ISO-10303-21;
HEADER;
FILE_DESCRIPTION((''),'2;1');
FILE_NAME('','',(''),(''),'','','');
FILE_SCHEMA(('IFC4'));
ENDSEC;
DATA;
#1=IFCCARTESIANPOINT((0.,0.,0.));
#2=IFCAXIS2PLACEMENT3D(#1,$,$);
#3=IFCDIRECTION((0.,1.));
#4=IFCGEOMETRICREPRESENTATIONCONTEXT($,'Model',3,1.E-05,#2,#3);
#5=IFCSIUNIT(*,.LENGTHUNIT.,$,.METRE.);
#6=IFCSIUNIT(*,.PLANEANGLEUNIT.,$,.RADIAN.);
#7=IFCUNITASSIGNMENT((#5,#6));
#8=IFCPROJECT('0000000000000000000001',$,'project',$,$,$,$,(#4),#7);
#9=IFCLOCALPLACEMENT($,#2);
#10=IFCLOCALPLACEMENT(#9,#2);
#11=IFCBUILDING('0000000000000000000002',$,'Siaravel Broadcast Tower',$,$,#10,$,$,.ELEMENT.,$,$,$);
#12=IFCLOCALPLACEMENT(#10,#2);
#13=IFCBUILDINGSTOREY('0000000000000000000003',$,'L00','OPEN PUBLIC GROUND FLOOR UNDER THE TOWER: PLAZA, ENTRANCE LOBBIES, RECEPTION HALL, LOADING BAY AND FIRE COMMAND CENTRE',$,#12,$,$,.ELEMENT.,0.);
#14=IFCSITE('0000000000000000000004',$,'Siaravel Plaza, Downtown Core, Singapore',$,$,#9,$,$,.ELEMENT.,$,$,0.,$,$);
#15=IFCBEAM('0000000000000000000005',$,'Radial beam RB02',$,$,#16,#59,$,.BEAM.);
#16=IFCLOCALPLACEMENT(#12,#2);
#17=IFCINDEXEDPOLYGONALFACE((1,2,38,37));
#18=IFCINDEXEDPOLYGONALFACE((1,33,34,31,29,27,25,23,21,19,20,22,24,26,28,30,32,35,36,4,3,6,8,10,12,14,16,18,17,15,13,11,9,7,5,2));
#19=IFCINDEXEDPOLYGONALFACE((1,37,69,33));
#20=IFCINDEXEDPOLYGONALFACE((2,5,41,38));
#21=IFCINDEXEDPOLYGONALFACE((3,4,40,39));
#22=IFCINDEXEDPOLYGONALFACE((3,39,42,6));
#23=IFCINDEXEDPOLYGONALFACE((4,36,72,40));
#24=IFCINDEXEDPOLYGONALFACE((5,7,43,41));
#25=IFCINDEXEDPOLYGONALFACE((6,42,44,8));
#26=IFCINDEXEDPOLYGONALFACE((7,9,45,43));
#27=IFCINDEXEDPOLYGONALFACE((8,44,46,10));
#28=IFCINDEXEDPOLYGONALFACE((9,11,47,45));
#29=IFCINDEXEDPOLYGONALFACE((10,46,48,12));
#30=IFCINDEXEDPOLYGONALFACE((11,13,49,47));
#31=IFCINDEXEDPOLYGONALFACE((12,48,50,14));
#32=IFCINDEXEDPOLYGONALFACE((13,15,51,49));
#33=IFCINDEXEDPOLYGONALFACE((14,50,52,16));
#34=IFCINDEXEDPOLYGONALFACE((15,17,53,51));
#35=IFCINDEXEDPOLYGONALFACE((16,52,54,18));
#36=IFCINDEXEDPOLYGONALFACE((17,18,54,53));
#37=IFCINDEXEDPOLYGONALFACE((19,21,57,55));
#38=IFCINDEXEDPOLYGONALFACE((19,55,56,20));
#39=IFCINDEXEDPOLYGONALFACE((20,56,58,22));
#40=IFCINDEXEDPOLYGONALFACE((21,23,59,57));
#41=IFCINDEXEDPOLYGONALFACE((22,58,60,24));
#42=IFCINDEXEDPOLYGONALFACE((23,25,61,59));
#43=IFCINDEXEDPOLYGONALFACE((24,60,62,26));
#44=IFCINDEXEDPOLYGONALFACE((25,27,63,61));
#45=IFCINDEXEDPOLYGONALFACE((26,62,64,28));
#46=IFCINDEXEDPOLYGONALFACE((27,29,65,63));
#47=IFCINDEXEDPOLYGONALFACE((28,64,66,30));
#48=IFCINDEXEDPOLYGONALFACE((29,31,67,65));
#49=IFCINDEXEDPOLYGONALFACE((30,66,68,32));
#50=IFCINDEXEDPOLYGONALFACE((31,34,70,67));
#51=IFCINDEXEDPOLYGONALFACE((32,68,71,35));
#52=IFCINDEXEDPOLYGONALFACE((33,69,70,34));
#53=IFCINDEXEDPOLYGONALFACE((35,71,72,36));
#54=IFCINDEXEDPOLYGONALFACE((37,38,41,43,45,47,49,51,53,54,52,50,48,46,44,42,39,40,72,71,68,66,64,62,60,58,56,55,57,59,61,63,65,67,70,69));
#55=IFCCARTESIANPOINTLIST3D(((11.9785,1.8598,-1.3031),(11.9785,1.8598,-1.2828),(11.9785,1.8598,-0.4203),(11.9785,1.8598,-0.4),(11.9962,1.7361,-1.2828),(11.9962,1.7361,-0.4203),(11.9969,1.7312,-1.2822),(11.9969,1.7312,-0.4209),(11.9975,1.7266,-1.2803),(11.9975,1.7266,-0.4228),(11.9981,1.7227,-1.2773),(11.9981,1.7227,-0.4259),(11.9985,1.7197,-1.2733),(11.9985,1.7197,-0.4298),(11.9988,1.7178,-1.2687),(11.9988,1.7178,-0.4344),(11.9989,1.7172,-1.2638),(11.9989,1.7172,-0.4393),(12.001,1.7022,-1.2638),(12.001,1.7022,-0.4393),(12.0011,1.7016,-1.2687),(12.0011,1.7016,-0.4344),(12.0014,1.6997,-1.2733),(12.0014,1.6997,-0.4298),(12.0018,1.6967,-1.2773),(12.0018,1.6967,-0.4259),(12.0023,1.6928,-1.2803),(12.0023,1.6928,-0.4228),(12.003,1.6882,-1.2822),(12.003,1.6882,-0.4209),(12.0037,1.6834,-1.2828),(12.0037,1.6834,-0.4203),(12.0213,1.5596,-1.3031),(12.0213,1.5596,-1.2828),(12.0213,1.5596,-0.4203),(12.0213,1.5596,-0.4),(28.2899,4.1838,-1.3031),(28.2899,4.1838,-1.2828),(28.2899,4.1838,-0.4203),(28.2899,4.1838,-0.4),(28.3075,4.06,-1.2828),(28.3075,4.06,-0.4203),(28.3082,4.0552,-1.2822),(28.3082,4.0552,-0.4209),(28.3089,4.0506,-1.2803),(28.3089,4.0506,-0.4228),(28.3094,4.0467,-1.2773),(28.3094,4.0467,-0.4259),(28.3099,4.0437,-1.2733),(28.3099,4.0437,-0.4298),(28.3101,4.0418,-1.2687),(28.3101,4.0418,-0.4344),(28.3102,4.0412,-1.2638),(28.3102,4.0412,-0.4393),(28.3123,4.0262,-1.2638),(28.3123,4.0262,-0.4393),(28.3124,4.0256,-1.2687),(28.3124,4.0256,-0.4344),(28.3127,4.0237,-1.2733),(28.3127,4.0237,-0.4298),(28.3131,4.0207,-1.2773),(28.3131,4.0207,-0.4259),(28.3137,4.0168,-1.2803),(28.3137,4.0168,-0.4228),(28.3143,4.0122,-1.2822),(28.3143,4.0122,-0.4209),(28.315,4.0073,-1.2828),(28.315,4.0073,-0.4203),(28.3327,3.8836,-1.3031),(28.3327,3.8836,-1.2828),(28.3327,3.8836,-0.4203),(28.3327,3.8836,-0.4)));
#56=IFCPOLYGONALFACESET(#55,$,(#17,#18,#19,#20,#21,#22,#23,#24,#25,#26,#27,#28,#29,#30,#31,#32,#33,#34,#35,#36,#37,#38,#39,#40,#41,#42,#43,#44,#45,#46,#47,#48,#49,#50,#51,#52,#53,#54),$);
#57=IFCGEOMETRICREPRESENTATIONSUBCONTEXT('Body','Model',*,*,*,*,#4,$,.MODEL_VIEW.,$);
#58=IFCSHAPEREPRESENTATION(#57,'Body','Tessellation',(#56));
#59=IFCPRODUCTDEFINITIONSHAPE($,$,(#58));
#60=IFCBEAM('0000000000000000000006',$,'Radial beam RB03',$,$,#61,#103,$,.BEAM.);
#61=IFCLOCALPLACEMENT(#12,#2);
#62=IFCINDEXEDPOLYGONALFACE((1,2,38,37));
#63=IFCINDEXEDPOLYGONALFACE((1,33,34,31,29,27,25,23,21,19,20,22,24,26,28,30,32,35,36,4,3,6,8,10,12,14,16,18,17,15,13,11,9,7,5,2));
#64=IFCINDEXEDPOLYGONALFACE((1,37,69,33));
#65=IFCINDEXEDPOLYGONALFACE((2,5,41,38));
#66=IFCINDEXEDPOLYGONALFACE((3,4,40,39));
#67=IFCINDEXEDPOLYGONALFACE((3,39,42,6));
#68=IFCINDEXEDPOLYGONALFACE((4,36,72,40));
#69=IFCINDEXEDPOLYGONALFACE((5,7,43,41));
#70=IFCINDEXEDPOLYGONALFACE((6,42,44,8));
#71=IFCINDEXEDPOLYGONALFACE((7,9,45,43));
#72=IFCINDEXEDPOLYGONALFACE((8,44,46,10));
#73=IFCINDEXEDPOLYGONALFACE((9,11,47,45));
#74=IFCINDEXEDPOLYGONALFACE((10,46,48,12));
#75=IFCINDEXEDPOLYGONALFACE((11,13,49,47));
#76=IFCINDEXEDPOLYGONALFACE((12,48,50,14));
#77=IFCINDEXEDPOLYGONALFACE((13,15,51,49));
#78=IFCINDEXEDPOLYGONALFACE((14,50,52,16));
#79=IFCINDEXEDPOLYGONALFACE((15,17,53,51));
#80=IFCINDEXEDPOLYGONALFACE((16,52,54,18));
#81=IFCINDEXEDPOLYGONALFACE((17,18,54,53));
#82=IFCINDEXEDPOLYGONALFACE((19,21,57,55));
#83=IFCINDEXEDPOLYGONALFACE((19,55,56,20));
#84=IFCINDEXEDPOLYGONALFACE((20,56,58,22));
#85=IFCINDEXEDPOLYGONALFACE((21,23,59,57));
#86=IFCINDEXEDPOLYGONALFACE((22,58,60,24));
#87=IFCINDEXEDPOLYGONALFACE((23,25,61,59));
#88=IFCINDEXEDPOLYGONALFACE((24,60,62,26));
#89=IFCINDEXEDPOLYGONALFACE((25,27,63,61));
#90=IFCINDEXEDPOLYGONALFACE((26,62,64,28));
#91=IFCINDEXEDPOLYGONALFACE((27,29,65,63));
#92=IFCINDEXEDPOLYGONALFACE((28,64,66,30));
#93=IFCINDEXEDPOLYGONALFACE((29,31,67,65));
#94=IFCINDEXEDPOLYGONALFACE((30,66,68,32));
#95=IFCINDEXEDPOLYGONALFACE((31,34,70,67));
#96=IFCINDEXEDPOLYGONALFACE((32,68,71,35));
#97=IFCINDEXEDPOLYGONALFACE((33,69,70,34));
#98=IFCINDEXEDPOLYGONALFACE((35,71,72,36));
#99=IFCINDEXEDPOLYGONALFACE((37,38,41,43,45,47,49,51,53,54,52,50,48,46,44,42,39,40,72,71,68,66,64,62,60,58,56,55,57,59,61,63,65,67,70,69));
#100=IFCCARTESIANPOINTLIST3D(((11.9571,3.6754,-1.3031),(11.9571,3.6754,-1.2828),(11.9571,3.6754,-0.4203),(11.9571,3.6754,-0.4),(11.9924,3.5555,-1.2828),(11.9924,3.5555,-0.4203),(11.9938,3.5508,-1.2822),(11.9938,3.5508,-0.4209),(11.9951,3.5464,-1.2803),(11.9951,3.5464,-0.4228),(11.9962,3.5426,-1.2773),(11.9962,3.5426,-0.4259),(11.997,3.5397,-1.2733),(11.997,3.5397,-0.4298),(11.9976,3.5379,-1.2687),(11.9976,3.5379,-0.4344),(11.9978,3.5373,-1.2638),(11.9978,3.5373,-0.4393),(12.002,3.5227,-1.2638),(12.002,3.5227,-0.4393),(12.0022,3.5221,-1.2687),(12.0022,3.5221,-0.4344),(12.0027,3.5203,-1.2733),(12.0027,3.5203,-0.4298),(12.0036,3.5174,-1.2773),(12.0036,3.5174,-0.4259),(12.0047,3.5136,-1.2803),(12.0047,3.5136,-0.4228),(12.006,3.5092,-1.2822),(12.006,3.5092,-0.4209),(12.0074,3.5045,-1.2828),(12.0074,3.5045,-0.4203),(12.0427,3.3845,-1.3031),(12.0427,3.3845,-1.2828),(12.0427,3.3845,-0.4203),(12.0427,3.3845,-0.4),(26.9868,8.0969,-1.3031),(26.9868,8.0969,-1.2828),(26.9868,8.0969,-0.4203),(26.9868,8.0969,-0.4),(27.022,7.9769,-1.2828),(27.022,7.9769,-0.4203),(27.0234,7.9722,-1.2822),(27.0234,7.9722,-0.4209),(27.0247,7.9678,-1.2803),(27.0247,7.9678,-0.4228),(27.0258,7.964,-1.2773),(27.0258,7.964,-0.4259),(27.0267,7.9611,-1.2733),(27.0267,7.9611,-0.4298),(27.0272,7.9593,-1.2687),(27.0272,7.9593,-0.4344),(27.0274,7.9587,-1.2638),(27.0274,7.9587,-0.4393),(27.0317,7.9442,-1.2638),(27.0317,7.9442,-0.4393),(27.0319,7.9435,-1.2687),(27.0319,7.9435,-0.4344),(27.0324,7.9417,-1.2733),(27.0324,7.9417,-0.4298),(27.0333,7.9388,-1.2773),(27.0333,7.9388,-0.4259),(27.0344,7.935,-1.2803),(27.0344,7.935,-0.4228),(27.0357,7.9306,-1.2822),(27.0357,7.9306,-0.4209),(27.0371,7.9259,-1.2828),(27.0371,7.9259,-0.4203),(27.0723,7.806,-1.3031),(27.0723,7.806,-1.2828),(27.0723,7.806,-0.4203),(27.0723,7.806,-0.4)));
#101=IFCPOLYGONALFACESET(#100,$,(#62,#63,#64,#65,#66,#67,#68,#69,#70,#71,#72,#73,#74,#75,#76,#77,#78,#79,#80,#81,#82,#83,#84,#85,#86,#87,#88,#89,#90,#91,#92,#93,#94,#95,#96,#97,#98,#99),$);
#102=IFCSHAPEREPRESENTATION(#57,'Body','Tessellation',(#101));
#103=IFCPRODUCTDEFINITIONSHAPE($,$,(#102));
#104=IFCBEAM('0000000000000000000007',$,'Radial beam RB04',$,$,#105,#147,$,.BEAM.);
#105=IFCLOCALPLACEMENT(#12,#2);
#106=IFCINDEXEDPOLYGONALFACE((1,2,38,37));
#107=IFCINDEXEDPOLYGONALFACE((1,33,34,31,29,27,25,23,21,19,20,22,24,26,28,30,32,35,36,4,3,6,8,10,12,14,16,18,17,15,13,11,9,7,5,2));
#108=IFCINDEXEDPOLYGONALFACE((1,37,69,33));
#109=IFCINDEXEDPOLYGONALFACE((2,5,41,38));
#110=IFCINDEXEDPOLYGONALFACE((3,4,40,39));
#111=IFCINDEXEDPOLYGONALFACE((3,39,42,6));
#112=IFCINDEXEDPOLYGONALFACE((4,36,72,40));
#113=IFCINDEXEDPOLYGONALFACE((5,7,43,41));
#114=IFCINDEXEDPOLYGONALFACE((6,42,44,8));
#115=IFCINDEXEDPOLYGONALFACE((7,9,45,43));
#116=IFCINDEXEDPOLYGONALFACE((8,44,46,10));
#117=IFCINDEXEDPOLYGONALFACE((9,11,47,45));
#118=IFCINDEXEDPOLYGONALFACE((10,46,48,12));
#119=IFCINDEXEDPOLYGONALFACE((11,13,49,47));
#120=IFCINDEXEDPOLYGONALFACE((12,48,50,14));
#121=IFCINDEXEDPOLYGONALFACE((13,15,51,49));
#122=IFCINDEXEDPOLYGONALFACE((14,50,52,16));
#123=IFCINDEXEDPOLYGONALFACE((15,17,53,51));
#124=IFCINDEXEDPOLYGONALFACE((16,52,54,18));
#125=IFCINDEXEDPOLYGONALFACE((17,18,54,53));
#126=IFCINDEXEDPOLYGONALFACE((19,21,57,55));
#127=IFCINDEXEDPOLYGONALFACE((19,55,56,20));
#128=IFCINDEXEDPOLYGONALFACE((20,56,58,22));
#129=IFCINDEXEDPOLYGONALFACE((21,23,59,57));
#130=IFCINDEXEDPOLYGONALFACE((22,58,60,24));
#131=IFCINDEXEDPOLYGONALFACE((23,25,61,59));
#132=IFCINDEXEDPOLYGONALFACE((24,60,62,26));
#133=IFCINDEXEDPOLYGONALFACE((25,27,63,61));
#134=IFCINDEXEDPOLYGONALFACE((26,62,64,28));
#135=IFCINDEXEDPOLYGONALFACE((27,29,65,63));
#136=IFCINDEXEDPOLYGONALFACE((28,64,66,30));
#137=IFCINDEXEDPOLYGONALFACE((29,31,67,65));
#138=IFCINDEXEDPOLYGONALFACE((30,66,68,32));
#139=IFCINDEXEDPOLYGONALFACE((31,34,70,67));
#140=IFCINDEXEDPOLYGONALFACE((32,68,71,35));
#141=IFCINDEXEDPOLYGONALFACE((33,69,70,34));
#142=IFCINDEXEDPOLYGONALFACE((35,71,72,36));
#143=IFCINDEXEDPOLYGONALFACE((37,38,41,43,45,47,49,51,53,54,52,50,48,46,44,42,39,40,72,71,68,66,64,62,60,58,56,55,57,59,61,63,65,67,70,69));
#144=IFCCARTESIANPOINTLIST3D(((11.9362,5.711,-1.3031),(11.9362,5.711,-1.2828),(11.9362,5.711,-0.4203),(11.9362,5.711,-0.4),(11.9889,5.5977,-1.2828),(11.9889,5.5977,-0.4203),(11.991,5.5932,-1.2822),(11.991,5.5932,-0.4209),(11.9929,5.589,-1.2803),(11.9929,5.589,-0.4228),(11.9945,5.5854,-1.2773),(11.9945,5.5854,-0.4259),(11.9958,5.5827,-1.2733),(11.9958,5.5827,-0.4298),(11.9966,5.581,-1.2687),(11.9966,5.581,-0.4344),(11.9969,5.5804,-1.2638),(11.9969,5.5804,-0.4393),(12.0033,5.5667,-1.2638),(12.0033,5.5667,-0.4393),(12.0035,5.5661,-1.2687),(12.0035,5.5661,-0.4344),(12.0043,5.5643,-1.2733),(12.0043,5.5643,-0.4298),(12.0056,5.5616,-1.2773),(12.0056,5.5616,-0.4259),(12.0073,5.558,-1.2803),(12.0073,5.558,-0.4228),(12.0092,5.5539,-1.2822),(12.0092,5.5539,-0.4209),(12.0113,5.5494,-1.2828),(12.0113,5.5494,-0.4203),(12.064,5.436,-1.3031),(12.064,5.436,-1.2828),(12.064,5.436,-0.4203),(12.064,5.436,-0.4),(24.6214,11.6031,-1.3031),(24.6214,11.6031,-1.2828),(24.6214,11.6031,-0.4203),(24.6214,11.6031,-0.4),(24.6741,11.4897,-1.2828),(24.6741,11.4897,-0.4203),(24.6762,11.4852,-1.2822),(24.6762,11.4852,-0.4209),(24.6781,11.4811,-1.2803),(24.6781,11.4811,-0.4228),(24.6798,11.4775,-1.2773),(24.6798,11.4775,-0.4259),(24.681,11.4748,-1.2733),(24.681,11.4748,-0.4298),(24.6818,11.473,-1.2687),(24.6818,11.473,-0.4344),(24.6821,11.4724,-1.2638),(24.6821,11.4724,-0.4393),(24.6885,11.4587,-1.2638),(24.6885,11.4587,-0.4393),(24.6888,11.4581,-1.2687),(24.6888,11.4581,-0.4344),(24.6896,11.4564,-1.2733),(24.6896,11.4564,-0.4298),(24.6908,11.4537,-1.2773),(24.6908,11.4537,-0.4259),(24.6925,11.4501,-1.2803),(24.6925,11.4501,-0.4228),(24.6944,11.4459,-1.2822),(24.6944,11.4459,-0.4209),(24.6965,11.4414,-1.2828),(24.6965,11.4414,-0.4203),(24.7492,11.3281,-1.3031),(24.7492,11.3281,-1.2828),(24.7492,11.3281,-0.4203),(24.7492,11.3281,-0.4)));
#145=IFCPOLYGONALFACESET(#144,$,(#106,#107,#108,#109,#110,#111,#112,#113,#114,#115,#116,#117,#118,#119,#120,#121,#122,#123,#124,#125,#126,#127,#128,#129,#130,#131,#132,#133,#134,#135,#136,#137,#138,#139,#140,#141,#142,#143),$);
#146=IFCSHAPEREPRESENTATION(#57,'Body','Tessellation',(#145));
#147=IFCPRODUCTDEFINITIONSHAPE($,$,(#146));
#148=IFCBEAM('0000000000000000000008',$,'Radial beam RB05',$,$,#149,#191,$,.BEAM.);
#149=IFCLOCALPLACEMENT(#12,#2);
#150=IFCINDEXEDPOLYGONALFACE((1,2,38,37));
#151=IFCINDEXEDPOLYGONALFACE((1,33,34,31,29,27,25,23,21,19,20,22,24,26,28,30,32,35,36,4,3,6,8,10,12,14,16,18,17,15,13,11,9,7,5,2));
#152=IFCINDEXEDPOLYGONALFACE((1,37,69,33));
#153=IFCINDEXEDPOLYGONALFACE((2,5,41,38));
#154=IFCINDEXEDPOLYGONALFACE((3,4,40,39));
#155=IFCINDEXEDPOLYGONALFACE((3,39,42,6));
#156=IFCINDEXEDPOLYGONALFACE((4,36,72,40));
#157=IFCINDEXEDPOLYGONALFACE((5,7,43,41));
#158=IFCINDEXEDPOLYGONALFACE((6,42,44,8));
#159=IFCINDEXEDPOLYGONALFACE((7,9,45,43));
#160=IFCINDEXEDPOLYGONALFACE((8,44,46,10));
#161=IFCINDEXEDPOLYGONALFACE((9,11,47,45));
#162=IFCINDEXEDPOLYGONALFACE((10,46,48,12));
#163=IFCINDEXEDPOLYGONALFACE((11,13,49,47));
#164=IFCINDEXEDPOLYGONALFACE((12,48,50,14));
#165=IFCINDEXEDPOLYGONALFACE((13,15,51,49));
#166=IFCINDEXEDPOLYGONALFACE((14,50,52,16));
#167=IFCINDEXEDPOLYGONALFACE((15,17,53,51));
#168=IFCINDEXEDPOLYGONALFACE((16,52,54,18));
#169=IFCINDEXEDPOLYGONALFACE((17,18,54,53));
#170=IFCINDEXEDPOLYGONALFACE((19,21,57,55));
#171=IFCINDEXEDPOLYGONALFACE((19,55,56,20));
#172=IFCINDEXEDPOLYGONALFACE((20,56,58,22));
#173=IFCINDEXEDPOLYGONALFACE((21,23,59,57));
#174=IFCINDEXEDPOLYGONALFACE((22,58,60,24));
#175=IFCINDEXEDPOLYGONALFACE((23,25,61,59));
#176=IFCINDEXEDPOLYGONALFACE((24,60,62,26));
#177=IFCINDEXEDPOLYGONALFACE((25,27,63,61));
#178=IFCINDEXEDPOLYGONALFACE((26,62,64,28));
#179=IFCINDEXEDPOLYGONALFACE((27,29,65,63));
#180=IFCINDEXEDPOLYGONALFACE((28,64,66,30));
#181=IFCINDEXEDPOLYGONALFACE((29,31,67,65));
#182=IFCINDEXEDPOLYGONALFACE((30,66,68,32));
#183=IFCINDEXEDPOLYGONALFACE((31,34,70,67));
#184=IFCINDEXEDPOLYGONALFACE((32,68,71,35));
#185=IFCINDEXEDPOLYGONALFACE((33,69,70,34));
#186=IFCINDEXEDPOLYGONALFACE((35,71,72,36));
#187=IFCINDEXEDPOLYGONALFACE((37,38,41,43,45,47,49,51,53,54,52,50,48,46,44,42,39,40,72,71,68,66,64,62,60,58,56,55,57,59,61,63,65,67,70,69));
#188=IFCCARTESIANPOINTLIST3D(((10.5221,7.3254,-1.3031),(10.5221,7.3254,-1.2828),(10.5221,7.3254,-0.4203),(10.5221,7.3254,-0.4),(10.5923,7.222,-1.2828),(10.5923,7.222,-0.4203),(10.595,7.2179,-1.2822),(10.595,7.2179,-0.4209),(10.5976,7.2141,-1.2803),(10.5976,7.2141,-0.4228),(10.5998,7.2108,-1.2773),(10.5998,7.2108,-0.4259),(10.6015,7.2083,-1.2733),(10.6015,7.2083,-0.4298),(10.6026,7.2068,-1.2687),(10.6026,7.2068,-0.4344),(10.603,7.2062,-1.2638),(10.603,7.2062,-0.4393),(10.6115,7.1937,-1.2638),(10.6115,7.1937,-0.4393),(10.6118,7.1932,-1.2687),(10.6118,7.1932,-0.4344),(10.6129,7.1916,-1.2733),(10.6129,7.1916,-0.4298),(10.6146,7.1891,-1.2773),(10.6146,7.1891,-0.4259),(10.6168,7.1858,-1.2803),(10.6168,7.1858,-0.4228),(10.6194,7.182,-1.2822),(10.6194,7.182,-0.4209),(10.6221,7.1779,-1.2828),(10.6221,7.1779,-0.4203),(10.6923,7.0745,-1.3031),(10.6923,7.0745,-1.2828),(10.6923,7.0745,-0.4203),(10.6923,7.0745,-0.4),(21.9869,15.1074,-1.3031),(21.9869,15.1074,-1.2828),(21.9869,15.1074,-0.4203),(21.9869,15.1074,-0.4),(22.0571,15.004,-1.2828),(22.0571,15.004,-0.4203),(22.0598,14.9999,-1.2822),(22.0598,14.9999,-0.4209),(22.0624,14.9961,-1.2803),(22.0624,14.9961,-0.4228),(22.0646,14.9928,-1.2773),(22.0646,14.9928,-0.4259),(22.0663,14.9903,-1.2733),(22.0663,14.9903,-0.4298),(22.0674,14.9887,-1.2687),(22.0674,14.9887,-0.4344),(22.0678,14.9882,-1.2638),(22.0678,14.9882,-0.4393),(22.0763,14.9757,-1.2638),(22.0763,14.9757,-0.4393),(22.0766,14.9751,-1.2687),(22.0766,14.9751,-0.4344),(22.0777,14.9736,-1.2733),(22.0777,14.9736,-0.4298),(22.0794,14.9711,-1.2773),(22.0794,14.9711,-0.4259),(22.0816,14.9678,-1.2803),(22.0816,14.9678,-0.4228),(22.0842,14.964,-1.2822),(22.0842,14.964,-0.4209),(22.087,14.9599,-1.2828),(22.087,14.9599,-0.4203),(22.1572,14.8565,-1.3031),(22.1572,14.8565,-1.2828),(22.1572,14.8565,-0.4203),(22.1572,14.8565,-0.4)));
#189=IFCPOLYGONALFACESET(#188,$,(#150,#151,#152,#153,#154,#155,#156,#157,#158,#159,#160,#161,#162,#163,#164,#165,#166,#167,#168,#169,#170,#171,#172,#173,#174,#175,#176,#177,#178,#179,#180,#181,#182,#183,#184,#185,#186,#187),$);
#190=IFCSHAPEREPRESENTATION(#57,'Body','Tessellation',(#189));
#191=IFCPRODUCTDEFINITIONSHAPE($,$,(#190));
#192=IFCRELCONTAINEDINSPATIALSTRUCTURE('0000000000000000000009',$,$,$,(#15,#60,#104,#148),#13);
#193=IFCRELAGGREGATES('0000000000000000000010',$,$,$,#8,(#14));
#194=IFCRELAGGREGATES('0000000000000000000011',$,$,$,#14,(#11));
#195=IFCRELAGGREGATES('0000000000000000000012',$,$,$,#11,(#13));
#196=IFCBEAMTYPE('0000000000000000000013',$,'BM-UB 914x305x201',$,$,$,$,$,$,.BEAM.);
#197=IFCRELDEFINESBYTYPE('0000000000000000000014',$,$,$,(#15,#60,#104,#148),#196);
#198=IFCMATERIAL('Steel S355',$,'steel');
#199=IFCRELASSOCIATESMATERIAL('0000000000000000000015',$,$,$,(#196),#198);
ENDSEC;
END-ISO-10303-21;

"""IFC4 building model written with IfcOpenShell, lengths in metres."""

from ifc_helpers import new_model, si_unit, direction, frame, origin, origin_2d, place, context, subcontext, project, spatial, i_section, extrude, material, material_profile, profile_set, type_object, element, save


model = new_model("IFC4")

# Units and contexts
model_context = context("Model", 3, precision=1e-05, world=origin(), true_north=direction((0.0, 1.0)))
body_context = subcontext(model_context, "Body", "Model", "MODEL_VIEW")
ifc_project = project(units=[si_unit("LENGTHUNIT", "METRE"), si_unit("PLANEANGLEUNIT", "RADIAN")], contexts=[model_context])

# Site, building, storey
site_placement = place(None, origin())
site = spatial("IfcSite", under=ifc_project, at=site_placement, Name="Siaravel Plaza, Downtown Core, Singapore", CompositionType="ELEMENT", RefElevation=0.0)
building_placement = place(site_placement, origin())
building = spatial("IfcBuilding", under=site, at=building_placement, Name="Siaravel Broadcast Tower", CompositionType="ELEMENT")
storey_placement = place(building_placement, origin())
storey = spatial("IfcBuildingStorey", under=building, at=storey_placement, Name="L00", Description="OPEN PUBLIC GROUND FLOOR UNDER THE TOWER: PLAZA, ENTRANCE LOBBIES, RECEPTION HALL, LOADING BAY AND FIRE COMMAND CENTRE", CompositionType="ELEMENT", Elevation=0.0)

# Beams
ifc_material_1 = material(Name="Steel S355", Category="steel")
ifc_material_profile_1 = material_profile(ifc_material_1, i_section(OverallWidth=0.3032, OverallDepth=0.9031, WebThickness=0.0151, FlangeThickness=0.0203, FilletRadius=0.019, at=origin_2d()))
ifc_profile_set_1 = profile_set([ifc_material_profile_1], Name="Steel S355")
beam_type = type_object("IfcBeamType", Name="BM-UB 914x305x201", PredefinedType="BEAM", material=ifc_profile_set_1)
beam_1_placement = place(storey_placement, frame((28.3113, 4.0337, -0.8516), z_axis=(-0.990002, -0.141052, 0.0), x_axis=(0.141052, -0.990002, 0.0)))
element("IfcBeam", 1, at=beam_1_placement, inside=storey, type_object=beam_type, Name="Radial beam RB02", PredefinedType="BEAM", context=body_context, shape_type="SweptSolid", body=[
    extrude(i_section(OverallWidth=0.3032, OverallDepth=0.9031, WebThickness=0.0151, FlangeThickness=0.0203, FilletRadius=0.019, at=origin_2d()), origin(), (0.0, 0.0, 1.0), 16.4761),
])
beam_2_placement = place(storey_placement, frame((27.0295, 7.9514, -0.8516), z_axis=(-0.959349, -0.282221, 0.0), x_axis=(0.282221, -0.959349, 0.0)))
element("IfcBeam", 2, at=beam_2_placement, inside=storey, type_object=beam_type, Name="Radial beam RB03", PredefinedType="BEAM", context=body_context, shape_type="SweptSolid", body=[
    extrude(i_section(OverallWidth=0.3032, OverallDepth=0.9031, WebThickness=0.0151, FlangeThickness=0.0203, FilletRadius=0.019, at=origin_2d()), origin(), (0.0, 0.0, 1.0), 15.6665),
])
beam_3_placement = place(storey_placement, frame((24.6853, 11.4656, -0.8516), z_axis=(-0.906941, -0.421257, 0.0), x_axis=(0.421257, -0.906941, 0.0)))
element("IfcBeam", 3, at=beam_3_placement, inside=storey, type_object=beam_type, Name="Radial beam RB04", PredefinedType="BEAM", context=body_context, shape_type="SweptSolid", body=[
    extrude(i_section(OverallWidth=0.3032, OverallDepth=0.9031, WebThickness=0.0151, FlangeThickness=0.0203, FilletRadius=0.019, at=origin_2d()), origin(), (0.0, 0.0, 1.0), 13.9868),
])
beam_4_placement = place(storey_placement, frame((22.072, 14.9819, -0.8516), z_axis=(-0.8274, -0.561613, 0.0), x_axis=(0.561613, -0.8274, 0.0)))
element("IfcBeam", 4, at=beam_4_placement, inside=storey, type_object=beam_type, Name="Radial beam RB05", PredefinedType="BEAM", context=body_context, shape_type="SweptSolid", body=[
    extrude(i_section(OverallWidth=0.3032, OverallDepth=0.9031, WebThickness=0.0151, FlangeThickness=0.0203, FilletRadius=0.019, at=origin_2d()), origin(), (0.0, 0.0, 1.0), 13.8564),
])

save(model, "model.ifc")
